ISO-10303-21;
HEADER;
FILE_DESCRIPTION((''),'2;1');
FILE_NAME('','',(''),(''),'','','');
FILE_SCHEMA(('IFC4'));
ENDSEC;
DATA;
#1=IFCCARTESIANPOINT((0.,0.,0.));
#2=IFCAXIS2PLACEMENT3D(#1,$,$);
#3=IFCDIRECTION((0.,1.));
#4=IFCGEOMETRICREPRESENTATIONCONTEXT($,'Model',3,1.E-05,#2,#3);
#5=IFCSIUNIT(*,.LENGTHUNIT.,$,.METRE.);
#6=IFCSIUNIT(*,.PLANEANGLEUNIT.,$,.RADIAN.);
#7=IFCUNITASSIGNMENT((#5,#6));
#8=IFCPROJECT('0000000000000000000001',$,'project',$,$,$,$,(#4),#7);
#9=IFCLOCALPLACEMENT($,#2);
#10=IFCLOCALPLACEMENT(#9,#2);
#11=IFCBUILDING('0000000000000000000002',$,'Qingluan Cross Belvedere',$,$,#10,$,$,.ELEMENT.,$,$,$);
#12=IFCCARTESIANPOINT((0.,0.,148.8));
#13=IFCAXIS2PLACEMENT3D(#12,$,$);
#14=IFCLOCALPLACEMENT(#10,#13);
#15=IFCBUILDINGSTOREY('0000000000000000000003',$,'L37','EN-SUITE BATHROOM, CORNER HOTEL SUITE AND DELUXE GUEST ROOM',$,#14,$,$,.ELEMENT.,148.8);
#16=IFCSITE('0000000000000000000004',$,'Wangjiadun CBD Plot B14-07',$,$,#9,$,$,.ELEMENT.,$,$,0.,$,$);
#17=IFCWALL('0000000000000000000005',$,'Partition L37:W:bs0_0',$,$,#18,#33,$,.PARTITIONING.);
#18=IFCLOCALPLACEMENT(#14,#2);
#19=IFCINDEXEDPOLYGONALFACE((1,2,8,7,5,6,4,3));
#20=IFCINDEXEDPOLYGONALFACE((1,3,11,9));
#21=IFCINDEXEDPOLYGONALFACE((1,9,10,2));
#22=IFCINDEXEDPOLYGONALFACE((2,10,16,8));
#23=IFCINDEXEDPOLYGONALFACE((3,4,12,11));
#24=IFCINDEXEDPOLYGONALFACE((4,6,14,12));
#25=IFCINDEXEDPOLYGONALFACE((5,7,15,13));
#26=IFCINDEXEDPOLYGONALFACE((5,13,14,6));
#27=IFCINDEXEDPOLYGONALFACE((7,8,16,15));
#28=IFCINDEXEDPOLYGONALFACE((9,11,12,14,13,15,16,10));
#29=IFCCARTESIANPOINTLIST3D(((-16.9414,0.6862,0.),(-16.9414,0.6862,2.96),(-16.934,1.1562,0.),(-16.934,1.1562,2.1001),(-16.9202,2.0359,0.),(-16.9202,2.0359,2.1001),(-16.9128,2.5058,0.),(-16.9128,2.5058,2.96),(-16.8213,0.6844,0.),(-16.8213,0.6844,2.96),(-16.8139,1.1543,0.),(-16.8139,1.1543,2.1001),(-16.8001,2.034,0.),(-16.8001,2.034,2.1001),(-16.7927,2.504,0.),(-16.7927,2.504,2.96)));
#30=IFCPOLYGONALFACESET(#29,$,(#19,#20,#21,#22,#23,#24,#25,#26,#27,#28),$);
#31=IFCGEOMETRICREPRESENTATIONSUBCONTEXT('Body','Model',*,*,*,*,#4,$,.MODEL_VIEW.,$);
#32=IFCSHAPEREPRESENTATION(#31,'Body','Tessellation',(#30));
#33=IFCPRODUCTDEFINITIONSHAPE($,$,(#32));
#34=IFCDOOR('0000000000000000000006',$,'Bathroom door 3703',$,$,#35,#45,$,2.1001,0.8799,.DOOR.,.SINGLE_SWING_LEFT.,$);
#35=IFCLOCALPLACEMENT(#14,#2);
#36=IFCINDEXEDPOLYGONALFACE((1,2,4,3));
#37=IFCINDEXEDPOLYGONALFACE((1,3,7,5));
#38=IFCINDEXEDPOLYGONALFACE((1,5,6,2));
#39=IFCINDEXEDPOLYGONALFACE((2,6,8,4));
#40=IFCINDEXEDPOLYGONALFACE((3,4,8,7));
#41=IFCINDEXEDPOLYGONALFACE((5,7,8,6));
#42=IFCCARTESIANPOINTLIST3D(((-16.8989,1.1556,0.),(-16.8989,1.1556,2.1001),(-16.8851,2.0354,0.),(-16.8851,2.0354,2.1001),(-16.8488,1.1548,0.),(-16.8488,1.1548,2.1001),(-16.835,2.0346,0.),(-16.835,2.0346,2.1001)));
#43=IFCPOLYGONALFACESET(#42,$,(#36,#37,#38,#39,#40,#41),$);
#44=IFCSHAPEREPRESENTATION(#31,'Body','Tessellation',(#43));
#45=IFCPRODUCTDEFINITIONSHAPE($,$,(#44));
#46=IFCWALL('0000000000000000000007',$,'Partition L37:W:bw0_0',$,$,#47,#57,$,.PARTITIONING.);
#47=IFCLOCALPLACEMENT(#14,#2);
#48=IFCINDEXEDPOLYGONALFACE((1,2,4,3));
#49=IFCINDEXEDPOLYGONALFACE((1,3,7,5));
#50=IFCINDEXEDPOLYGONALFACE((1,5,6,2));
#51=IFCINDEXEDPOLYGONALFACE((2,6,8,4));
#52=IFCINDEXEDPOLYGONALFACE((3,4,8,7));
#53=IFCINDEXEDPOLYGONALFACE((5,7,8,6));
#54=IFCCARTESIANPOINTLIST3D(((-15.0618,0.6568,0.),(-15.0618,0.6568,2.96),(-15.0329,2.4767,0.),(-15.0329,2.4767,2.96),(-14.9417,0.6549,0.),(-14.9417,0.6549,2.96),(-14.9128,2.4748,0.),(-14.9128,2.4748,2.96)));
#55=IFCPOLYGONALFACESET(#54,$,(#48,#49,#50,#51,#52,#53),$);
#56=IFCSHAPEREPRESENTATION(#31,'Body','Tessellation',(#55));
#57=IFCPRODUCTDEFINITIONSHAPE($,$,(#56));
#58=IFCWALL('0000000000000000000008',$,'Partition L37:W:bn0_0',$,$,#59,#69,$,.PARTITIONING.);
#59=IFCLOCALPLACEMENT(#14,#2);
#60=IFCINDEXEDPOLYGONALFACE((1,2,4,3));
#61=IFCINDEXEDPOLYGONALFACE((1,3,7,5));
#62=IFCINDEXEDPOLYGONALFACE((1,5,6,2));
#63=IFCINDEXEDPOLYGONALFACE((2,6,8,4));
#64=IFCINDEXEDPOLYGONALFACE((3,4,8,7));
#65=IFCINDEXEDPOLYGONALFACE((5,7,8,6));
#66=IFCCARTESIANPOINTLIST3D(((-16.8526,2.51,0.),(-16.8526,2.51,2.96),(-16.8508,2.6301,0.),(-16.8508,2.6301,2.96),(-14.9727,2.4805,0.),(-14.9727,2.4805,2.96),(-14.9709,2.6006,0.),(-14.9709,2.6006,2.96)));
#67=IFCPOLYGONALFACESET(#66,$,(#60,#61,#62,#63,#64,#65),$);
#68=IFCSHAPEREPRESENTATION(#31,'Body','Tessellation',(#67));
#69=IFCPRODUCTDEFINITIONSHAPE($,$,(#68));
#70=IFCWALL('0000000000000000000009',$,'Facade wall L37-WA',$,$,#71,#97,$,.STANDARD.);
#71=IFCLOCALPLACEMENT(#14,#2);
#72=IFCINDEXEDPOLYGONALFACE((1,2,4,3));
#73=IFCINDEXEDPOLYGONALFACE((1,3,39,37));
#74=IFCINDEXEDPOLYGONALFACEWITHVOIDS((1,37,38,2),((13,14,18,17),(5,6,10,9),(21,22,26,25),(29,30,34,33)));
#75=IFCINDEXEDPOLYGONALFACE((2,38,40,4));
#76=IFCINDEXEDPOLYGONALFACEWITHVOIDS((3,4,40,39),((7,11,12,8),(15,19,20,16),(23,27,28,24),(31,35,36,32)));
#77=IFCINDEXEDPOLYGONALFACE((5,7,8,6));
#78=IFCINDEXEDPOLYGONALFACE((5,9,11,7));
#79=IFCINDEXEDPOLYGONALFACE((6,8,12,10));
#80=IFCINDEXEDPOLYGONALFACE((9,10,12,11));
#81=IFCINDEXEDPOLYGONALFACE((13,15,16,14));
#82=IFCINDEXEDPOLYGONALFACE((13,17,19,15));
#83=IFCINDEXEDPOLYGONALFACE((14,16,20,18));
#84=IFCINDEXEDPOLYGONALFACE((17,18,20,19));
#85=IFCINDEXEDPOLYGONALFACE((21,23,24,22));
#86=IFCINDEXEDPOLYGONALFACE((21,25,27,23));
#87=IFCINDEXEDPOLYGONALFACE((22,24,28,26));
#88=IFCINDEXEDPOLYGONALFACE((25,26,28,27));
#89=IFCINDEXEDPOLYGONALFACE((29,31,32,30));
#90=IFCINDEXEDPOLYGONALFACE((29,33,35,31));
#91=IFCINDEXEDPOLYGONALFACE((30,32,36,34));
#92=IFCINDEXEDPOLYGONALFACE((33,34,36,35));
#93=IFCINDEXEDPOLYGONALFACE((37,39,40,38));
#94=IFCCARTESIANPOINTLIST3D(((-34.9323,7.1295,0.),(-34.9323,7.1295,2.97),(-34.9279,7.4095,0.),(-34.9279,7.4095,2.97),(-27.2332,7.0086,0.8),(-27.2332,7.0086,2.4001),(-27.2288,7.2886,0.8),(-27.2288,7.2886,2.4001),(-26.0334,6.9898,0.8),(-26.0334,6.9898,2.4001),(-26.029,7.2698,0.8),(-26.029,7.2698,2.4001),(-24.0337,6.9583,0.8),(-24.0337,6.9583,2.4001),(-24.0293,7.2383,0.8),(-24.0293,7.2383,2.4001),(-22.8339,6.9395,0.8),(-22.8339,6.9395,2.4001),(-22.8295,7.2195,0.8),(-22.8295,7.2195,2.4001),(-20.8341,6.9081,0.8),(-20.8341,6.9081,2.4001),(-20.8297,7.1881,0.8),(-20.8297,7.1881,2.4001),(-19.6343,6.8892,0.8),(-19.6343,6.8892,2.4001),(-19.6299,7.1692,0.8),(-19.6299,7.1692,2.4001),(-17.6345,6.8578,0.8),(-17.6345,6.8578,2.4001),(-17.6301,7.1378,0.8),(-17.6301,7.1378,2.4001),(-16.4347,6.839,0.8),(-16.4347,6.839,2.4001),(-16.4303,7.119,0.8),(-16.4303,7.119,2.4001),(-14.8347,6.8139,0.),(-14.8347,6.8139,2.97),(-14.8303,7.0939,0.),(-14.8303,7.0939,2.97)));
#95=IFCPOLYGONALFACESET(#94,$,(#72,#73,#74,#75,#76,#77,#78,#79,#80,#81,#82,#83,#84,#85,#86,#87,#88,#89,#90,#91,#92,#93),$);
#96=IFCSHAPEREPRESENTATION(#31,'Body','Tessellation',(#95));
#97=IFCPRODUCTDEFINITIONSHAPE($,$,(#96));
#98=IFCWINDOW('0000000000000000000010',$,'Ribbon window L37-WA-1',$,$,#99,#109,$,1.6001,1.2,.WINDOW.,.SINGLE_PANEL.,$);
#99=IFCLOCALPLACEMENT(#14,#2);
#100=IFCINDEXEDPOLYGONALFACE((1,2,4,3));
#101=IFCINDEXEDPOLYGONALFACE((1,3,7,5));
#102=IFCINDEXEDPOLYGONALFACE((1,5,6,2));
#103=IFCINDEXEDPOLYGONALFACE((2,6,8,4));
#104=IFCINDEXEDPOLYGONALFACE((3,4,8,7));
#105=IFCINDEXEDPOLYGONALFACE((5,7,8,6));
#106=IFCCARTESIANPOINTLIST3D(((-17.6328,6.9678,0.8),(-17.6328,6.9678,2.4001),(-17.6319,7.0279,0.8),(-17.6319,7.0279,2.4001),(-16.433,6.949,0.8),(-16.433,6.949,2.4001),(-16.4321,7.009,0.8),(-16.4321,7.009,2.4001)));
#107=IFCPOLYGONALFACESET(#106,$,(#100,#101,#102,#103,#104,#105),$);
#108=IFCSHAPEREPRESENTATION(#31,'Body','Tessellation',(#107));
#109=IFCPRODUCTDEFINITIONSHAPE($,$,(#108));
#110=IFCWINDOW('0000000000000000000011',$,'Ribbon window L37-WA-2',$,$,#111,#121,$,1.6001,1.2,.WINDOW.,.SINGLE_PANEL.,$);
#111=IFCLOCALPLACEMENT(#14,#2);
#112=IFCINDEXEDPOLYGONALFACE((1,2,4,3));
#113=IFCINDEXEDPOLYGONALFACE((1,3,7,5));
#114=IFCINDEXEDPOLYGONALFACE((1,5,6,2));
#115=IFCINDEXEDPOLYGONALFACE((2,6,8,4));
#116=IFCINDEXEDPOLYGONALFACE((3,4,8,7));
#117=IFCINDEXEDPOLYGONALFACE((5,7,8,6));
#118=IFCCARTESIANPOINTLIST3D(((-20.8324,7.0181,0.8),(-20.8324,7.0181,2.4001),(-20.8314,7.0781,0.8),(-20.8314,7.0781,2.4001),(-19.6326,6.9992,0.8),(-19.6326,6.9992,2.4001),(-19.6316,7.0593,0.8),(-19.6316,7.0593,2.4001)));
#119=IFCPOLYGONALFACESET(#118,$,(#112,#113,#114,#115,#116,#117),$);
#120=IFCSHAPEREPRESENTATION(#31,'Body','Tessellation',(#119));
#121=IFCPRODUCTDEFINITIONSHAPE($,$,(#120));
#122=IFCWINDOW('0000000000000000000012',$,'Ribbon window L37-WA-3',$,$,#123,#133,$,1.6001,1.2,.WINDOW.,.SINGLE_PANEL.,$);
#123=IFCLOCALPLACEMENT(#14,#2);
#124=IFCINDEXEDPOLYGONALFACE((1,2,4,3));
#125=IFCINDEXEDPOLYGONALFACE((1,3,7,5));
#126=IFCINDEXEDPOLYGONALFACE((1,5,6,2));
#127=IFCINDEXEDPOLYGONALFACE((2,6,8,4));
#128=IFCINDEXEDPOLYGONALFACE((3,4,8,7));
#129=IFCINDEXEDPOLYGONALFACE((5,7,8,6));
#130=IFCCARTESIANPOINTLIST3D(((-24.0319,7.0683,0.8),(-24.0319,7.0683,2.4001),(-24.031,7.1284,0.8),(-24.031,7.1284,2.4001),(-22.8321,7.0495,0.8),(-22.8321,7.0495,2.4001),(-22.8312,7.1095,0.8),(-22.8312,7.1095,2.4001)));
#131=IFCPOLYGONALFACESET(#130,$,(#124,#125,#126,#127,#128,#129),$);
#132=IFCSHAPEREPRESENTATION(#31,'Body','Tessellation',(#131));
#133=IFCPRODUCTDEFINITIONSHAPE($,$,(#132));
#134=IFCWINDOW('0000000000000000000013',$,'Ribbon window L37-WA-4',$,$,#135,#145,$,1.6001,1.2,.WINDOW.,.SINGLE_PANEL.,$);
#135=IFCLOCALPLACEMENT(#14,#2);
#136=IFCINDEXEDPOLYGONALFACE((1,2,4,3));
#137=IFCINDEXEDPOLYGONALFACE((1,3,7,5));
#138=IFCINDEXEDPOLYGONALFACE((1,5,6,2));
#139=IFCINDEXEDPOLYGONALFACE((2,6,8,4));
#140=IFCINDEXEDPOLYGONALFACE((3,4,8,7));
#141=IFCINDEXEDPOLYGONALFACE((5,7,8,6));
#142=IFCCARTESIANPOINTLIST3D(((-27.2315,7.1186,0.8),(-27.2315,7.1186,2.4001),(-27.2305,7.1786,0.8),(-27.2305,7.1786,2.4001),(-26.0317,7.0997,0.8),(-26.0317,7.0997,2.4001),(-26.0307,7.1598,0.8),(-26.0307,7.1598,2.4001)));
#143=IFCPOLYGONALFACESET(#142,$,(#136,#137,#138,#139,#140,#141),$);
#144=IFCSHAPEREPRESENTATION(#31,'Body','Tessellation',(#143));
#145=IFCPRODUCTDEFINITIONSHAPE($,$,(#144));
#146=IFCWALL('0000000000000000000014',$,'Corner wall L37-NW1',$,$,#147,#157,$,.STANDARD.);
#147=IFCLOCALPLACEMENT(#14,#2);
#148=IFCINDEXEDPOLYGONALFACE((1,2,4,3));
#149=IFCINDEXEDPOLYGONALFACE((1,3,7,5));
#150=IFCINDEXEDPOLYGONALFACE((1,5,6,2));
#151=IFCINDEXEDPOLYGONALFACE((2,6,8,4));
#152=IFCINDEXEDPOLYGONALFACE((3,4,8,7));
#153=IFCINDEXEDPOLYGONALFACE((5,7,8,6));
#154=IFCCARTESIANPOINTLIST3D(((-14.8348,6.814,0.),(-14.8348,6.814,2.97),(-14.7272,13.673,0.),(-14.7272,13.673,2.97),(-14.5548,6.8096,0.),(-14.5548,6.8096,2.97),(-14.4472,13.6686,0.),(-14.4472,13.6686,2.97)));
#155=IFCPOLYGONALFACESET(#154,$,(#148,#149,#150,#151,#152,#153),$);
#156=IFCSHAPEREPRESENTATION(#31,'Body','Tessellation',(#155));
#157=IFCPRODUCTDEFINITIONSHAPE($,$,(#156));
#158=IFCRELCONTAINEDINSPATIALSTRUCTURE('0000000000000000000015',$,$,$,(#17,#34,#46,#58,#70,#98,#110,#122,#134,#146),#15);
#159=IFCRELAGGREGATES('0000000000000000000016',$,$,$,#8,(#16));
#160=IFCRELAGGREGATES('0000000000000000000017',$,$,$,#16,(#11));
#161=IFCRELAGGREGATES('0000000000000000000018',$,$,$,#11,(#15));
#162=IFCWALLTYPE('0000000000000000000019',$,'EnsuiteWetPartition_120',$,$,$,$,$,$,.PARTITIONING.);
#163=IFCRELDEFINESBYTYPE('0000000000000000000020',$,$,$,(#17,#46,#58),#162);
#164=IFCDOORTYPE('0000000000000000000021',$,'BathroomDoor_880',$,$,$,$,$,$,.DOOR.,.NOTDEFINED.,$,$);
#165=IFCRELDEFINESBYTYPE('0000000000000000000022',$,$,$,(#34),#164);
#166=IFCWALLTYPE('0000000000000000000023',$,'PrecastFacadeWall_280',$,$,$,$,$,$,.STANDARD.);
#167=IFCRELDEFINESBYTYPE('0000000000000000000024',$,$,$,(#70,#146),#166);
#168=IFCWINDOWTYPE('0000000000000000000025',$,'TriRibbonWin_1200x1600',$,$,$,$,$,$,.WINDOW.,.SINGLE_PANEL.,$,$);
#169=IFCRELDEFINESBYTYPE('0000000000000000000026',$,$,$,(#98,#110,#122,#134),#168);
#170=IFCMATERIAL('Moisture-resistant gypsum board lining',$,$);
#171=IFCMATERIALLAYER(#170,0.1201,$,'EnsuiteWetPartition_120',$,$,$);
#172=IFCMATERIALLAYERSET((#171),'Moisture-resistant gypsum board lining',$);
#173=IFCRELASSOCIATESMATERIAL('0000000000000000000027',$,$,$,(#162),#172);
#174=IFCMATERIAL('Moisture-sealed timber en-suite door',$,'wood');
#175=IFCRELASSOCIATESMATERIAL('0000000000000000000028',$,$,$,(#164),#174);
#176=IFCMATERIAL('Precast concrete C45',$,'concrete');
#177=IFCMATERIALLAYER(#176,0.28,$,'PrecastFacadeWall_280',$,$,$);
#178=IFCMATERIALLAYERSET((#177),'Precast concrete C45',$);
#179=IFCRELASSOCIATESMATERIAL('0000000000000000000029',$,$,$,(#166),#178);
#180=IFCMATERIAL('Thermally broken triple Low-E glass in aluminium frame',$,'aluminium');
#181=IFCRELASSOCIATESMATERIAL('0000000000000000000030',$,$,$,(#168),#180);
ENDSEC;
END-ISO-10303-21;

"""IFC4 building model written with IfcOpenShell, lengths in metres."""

from ifc_helpers import new_model, si_unit, direction, frame, frame_2d, origin, place, context, subcontext, project, spatial, rectangle, extrude, material, layer, layer_set, type_object, element, fill, save


model = new_model("IFC4")

# Units and contexts
model_context = context("Model", 3, precision=1e-05, world=origin(), true_north=direction((0.0, 1.0)))
body_context = subcontext(model_context, "Body", "Model", "MODEL_VIEW")
ifc_project = project(units=[si_unit("LENGTHUNIT", "METRE"), si_unit("PLANEANGLEUNIT", "RADIAN")], contexts=[model_context])

# Site, building, storey
site_placement = place(None, origin())
site = spatial("IfcSite", under=ifc_project, at=site_placement, Name="Wangjiadun CBD Plot B14-07", CompositionType="ELEMENT", RefElevation=0.0)
building_placement = place(site_placement, origin())
building = spatial("IfcBuilding", under=site, at=building_placement, Name="Qingluan Cross Belvedere", CompositionType="ELEMENT")
storey_placement = place(building_placement, frame((0.0, 0.0, 148.8)))
storey = spatial("IfcBuildingStorey", under=building, at=storey_placement, Name="L37", Description="EN-SUITE BATHROOM, CORNER HOTEL SUITE AND DELUXE GUEST ROOM", CompositionType="ELEMENT", Elevation=148.8)

# Wall, opening, door
ifc_material_1 = material(Name="Moisture-resistant gypsum board lining")
ifc_layer_1 = layer(ifc_material_1, 0.1201, Name="EnsuiteWetPartition_120")
ifc_layer_set_1 = layer_set([ifc_layer_1], Name="Moisture-resistant gypsum board lining")
wall_type_1 = type_object("IfcWallType", Name="EnsuiteWetPartition_120", PredefinedType="PARTITIONING", material=ifc_layer_set_1)
wall_1_placement = place(storey_placement, frame((-16.8813, 0.6853, 0.0), z_axis=(0.0, 0.0, 1.0), x_axis=(0.015696, 0.999877, 0.0)))
wall_1 = element("IfcWall", 1, at=wall_1_placement, inside=storey, type_object=wall_type_1, Name="Partition L37:W:bs0_0", PredefinedType="PARTITIONING", context=body_context, shape_type="SweptSolid", body=[
    extrude(rectangle(XDim=1.8198, YDim=0.1201, at=frame_2d((0.9099, 0.0))), origin(), (0.0, 0.0, 1.0), 2.96),
])
opening_1_placement = place(wall_1_placement, frame((0.47, 0.0, 0.0)))
opening_1 = element("IfcOpeningElement", 2, at=opening_1_placement, cuts=wall_1, PredefinedType="OPENING", context=body_context, shape_type="SweptSolid", body=[
    extrude(rectangle(XDim=0.8799, YDim=2.1001, at=frame_2d((0.4399, 1.05))), frame((0.0, 0.0701, 0.0), z_axis=(0.0, -1.0, 0.0), x_axis=(1.0, 0.0, 0.0)), (0.0, 0.0, 1.0), 0.1401),
])
ifc_material_2 = material(Name="Moisture-sealed timber en-suite door", Category="wood")
door_type_1 = type_object("IfcDoorType", Name="BathroomDoor_880", OperationType="NOTDEFINED", PredefinedType="DOOR", material=ifc_material_2)
door_1_placement = place(opening_1_placement, origin())
door_1 = element("IfcDoor", 3, at=door_1_placement, inside=storey, type_object=door_type_1, Name="Bathroom door 3703", OperationType="SINGLE_SWING_LEFT", OverallHeight=2.1001, OverallWidth=0.8799, PredefinedType="DOOR", context=body_context, shape_type="SweptSolid", body=[
    extrude(rectangle(XDim=0.8799, YDim=2.1001, at=frame_2d((0.4399, 1.05))), frame((0.0, 0.0249, 0.0), z_axis=(0.0, -1.0, 0.0), x_axis=(1.0, 0.0, 0.0)), (0.0, 0.0, 1.0), 0.05),
])
fill(opening_1, door_1)

# Walls
wall_2_placement = place(storey_placement, frame((-15.0017, 0.6558, 0.0), z_axis=(0.0, 0.0, 1.0), x_axis=(0.015828, 0.999875, 0.0)))
element("IfcWall", 4, at=wall_2_placement, inside=storey, type_object=wall_type_1, Name="Partition L37:W:bw0_0", PredefinedType="PARTITIONING", context=body_context, shape_type="SweptSolid", body=[
    extrude(rectangle(XDim=1.8201, YDim=0.1201, at=frame_2d((0.9102, 0.0))), origin(), (0.0, 0.0, 1.0), 2.96),
])
wall_3_placement = place(storey_placement, frame((-14.9719, 2.5405, 0.0), z_axis=(0.0, 0.0, 1.0), x_axis=(-0.999877, 0.015712, 0.0)))
element("IfcWall", 5, at=wall_3_placement, inside=storey, type_object=wall_type_1, Name="Partition L37:W:bn0_0", PredefinedType="PARTITIONING", context=body_context, shape_type="SweptSolid", body=[
    extrude(rectangle(XDim=1.8801, YDim=0.1201, at=frame_2d((0.9399, 0.0))), origin(), (0.0, 0.0, 1.0), 2.96),
])

# Wall, openings, windows
ifc_material_3 = material(Name="Precast concrete C45", Category="concrete")
ifc_layer_2 = layer(ifc_material_3, 0.28, Name="PrecastFacadeWall_280")
ifc_layer_set_2 = layer_set([ifc_layer_2], Name="Precast concrete C45")
wall_type_2 = type_object("IfcWallType", Name="PrecastFacadeWall_280", PredefinedType="STANDARD", material=ifc_layer_set_2)
wall_4_placement = place(storey_placement, frame((-14.8325, 6.9539, 0.0), z_axis=(0.0, 0.0, 1.0), x_axis=(-0.999877, 0.015705, 0.0)))
wall_4 = element("IfcWall", 6, at=wall_4_placement, inside=storey, type_object=wall_type_2, Name="Facade wall L37-WA", PredefinedType="STANDARD", context=body_context, shape_type="SweptSolid", body=[
    extrude(rectangle(XDim=20.1001, YDim=0.28, at=frame_2d((10.05, 0.0))), origin(), (0.0, 0.0, 1.0), 2.97),
])
opening_2_placement = place(wall_4_placement, frame((1.6001, 0.0, 0.8)))
opening_2 = element("IfcOpeningElement", 7, at=opening_2_placement, cuts=wall_4, PredefinedType="OPENING", context=body_context, shape_type="SweptSolid", body=[
    extrude(rectangle(XDim=1.2, YDim=1.6001, at=frame_2d((0.6001, 0.8))), frame((0.0, 0.1499, 0.0), z_axis=(0.0, -1.0, 0.0), x_axis=(1.0, 0.0, 0.0)), (0.0, 0.0, 1.0), 0.3),
])
opening_3_placement = place(wall_4_placement, frame((4.8, 0.0, 0.8)))
opening_3 = element("IfcOpeningElement", 8, at=opening_3_placement, cuts=wall_4, PredefinedType="OPENING", context=body_context, shape_type="SweptSolid", body=[
    extrude(rectangle(XDim=1.2, YDim=1.6001, at=frame_2d((0.6001, 0.8))), frame((0.0, 0.1499, 0.0), z_axis=(0.0, -1.0, 0.0), x_axis=(1.0, 0.0, 0.0)), (0.0, 0.0, 1.0), 0.3),
])
opening_4_placement = place(wall_4_placement, frame((8.0, 0.0, 0.8)))
opening_4 = element("IfcOpeningElement", 9, at=opening_4_placement, cuts=wall_4, PredefinedType="OPENING", context=body_context, shape_type="SweptSolid", body=[
    extrude(rectangle(XDim=1.2, YDim=1.6001, at=frame_2d((0.6001, 0.8))), frame((0.0, 0.1499, 0.0), z_axis=(0.0, -1.0, 0.0), x_axis=(1.0, 0.0, 0.0)), (0.0, 0.0, 1.0), 0.3),
])
opening_5_placement = place(wall_4_placement, frame((11.2, 0.0, 0.8)))
opening_5 = element("IfcOpeningElement", 10, at=opening_5_placement, cuts=wall_4, PredefinedType="OPENING", context=body_context, shape_type="SweptSolid", body=[
    extrude(rectangle(XDim=1.2, YDim=1.6001, at=frame_2d((0.6001, 0.8))), frame((0.0, 0.1499, 0.0), z_axis=(0.0, -1.0, 0.0), x_axis=(1.0, 0.0, 0.0)), (0.0, 0.0, 1.0), 0.3),
])
ifc_material_4 = material(Name="Thermally broken triple Low-E glass in aluminium frame", Category="aluminium")
window_type = type_object("IfcWindowType", Name="TriRibbonWin_1200x1600", PartitioningType="SINGLE_PANEL", PredefinedType="WINDOW", material=ifc_material_4)
window_1_placement = place(opening_2_placement, origin())
window_1 = element("IfcWindow", 11, at=window_1_placement, inside=storey, type_object=window_type, Name="Ribbon window L37-WA-1", OverallHeight=1.6001, OverallWidth=1.2, PartitioningType="SINGLE_PANEL", PredefinedType="WINDOW", context=body_context, shape_type="SweptSolid", body=[
    extrude(rectangle(XDim=1.2, YDim=1.6001, at=frame_2d((0.6001, 0.8))), frame((0.0, 0.03, 0.0), z_axis=(0.0, -1.0, 0.0), x_axis=(1.0, 0.0, 0.0)), (0.0, 0.0, 1.0), 0.0601),
])
fill(opening_2, window_1)
window_2_placement = place(opening_3_placement, origin())
window_2 = element("IfcWindow", 12, at=window_2_placement, inside=storey, type_object=window_type, Name="Ribbon window L37-WA-2", OverallHeight=1.6001, OverallWidth=1.2, PartitioningType="SINGLE_PANEL", PredefinedType="WINDOW", context=body_context, shape_type="SweptSolid", body=[
    extrude(rectangle(XDim=1.2, YDim=1.6001, at=frame_2d((0.6001, 0.8))), frame((0.0, 0.03, 0.0), z_axis=(0.0, -1.0, 0.0), x_axis=(1.0, 0.0, 0.0)), (0.0, 0.0, 1.0), 0.0601),
])
fill(opening_3, window_2)
window_3_placement = place(opening_4_placement, origin())
window_3 = element("IfcWindow", 13, at=window_3_placement, inside=storey, type_object=window_type, Name="Ribbon window L37-WA-3", OverallHeight=1.6001, OverallWidth=1.2, PartitioningType="SINGLE_PANEL", PredefinedType="WINDOW", context=body_context, shape_type="SweptSolid", body=[
    extrude(rectangle(XDim=1.2, YDim=1.6001, at=frame_2d((0.6001, 0.8))), frame((0.0, 0.03, 0.0), z_axis=(0.0, -1.0, 0.0), x_axis=(1.0, 0.0, 0.0)), (0.0, 0.0, 1.0), 0.0601),
])
fill(opening_4, window_3)
window_4_placement = place(opening_5_placement, origin())
window_4 = element("IfcWindow", 14, at=window_4_placement, inside=storey, type_object=window_type, Name="Ribbon window L37-WA-4", OverallHeight=1.6001, OverallWidth=1.2, PartitioningType="SINGLE_PANEL", PredefinedType="WINDOW", context=body_context, shape_type="SweptSolid", body=[
    extrude(rectangle(XDim=1.2, YDim=1.6001, at=frame_2d((0.6001, 0.8))), frame((0.0, 0.03, 0.0), z_axis=(0.0, -1.0, 0.0), x_axis=(1.0, 0.0, 0.0)), (0.0, 0.0, 1.0), 0.0601),
])
fill(opening_5, window_4)

# Wall
wall_5_placement = place(storey_placement, frame((-14.6948, 6.8118, 0.0), z_axis=(0.0, 0.0, 1.0), x_axis=(0.015695, 0.999877, 0.0)))
element("IfcWall", 15, at=wall_5_placement, inside=storey, type_object=wall_type_2, Name="Corner wall L37-NW1", PredefinedType="STANDARD", context=body_context, shape_type="SweptSolid", body=[
    extrude(rectangle(XDim=6.8599, YDim=0.28, at=frame_2d((3.4299, 0.0))), origin(), (0.0, 0.0, 1.0), 2.97),
])

save(model, "model.ifc")
